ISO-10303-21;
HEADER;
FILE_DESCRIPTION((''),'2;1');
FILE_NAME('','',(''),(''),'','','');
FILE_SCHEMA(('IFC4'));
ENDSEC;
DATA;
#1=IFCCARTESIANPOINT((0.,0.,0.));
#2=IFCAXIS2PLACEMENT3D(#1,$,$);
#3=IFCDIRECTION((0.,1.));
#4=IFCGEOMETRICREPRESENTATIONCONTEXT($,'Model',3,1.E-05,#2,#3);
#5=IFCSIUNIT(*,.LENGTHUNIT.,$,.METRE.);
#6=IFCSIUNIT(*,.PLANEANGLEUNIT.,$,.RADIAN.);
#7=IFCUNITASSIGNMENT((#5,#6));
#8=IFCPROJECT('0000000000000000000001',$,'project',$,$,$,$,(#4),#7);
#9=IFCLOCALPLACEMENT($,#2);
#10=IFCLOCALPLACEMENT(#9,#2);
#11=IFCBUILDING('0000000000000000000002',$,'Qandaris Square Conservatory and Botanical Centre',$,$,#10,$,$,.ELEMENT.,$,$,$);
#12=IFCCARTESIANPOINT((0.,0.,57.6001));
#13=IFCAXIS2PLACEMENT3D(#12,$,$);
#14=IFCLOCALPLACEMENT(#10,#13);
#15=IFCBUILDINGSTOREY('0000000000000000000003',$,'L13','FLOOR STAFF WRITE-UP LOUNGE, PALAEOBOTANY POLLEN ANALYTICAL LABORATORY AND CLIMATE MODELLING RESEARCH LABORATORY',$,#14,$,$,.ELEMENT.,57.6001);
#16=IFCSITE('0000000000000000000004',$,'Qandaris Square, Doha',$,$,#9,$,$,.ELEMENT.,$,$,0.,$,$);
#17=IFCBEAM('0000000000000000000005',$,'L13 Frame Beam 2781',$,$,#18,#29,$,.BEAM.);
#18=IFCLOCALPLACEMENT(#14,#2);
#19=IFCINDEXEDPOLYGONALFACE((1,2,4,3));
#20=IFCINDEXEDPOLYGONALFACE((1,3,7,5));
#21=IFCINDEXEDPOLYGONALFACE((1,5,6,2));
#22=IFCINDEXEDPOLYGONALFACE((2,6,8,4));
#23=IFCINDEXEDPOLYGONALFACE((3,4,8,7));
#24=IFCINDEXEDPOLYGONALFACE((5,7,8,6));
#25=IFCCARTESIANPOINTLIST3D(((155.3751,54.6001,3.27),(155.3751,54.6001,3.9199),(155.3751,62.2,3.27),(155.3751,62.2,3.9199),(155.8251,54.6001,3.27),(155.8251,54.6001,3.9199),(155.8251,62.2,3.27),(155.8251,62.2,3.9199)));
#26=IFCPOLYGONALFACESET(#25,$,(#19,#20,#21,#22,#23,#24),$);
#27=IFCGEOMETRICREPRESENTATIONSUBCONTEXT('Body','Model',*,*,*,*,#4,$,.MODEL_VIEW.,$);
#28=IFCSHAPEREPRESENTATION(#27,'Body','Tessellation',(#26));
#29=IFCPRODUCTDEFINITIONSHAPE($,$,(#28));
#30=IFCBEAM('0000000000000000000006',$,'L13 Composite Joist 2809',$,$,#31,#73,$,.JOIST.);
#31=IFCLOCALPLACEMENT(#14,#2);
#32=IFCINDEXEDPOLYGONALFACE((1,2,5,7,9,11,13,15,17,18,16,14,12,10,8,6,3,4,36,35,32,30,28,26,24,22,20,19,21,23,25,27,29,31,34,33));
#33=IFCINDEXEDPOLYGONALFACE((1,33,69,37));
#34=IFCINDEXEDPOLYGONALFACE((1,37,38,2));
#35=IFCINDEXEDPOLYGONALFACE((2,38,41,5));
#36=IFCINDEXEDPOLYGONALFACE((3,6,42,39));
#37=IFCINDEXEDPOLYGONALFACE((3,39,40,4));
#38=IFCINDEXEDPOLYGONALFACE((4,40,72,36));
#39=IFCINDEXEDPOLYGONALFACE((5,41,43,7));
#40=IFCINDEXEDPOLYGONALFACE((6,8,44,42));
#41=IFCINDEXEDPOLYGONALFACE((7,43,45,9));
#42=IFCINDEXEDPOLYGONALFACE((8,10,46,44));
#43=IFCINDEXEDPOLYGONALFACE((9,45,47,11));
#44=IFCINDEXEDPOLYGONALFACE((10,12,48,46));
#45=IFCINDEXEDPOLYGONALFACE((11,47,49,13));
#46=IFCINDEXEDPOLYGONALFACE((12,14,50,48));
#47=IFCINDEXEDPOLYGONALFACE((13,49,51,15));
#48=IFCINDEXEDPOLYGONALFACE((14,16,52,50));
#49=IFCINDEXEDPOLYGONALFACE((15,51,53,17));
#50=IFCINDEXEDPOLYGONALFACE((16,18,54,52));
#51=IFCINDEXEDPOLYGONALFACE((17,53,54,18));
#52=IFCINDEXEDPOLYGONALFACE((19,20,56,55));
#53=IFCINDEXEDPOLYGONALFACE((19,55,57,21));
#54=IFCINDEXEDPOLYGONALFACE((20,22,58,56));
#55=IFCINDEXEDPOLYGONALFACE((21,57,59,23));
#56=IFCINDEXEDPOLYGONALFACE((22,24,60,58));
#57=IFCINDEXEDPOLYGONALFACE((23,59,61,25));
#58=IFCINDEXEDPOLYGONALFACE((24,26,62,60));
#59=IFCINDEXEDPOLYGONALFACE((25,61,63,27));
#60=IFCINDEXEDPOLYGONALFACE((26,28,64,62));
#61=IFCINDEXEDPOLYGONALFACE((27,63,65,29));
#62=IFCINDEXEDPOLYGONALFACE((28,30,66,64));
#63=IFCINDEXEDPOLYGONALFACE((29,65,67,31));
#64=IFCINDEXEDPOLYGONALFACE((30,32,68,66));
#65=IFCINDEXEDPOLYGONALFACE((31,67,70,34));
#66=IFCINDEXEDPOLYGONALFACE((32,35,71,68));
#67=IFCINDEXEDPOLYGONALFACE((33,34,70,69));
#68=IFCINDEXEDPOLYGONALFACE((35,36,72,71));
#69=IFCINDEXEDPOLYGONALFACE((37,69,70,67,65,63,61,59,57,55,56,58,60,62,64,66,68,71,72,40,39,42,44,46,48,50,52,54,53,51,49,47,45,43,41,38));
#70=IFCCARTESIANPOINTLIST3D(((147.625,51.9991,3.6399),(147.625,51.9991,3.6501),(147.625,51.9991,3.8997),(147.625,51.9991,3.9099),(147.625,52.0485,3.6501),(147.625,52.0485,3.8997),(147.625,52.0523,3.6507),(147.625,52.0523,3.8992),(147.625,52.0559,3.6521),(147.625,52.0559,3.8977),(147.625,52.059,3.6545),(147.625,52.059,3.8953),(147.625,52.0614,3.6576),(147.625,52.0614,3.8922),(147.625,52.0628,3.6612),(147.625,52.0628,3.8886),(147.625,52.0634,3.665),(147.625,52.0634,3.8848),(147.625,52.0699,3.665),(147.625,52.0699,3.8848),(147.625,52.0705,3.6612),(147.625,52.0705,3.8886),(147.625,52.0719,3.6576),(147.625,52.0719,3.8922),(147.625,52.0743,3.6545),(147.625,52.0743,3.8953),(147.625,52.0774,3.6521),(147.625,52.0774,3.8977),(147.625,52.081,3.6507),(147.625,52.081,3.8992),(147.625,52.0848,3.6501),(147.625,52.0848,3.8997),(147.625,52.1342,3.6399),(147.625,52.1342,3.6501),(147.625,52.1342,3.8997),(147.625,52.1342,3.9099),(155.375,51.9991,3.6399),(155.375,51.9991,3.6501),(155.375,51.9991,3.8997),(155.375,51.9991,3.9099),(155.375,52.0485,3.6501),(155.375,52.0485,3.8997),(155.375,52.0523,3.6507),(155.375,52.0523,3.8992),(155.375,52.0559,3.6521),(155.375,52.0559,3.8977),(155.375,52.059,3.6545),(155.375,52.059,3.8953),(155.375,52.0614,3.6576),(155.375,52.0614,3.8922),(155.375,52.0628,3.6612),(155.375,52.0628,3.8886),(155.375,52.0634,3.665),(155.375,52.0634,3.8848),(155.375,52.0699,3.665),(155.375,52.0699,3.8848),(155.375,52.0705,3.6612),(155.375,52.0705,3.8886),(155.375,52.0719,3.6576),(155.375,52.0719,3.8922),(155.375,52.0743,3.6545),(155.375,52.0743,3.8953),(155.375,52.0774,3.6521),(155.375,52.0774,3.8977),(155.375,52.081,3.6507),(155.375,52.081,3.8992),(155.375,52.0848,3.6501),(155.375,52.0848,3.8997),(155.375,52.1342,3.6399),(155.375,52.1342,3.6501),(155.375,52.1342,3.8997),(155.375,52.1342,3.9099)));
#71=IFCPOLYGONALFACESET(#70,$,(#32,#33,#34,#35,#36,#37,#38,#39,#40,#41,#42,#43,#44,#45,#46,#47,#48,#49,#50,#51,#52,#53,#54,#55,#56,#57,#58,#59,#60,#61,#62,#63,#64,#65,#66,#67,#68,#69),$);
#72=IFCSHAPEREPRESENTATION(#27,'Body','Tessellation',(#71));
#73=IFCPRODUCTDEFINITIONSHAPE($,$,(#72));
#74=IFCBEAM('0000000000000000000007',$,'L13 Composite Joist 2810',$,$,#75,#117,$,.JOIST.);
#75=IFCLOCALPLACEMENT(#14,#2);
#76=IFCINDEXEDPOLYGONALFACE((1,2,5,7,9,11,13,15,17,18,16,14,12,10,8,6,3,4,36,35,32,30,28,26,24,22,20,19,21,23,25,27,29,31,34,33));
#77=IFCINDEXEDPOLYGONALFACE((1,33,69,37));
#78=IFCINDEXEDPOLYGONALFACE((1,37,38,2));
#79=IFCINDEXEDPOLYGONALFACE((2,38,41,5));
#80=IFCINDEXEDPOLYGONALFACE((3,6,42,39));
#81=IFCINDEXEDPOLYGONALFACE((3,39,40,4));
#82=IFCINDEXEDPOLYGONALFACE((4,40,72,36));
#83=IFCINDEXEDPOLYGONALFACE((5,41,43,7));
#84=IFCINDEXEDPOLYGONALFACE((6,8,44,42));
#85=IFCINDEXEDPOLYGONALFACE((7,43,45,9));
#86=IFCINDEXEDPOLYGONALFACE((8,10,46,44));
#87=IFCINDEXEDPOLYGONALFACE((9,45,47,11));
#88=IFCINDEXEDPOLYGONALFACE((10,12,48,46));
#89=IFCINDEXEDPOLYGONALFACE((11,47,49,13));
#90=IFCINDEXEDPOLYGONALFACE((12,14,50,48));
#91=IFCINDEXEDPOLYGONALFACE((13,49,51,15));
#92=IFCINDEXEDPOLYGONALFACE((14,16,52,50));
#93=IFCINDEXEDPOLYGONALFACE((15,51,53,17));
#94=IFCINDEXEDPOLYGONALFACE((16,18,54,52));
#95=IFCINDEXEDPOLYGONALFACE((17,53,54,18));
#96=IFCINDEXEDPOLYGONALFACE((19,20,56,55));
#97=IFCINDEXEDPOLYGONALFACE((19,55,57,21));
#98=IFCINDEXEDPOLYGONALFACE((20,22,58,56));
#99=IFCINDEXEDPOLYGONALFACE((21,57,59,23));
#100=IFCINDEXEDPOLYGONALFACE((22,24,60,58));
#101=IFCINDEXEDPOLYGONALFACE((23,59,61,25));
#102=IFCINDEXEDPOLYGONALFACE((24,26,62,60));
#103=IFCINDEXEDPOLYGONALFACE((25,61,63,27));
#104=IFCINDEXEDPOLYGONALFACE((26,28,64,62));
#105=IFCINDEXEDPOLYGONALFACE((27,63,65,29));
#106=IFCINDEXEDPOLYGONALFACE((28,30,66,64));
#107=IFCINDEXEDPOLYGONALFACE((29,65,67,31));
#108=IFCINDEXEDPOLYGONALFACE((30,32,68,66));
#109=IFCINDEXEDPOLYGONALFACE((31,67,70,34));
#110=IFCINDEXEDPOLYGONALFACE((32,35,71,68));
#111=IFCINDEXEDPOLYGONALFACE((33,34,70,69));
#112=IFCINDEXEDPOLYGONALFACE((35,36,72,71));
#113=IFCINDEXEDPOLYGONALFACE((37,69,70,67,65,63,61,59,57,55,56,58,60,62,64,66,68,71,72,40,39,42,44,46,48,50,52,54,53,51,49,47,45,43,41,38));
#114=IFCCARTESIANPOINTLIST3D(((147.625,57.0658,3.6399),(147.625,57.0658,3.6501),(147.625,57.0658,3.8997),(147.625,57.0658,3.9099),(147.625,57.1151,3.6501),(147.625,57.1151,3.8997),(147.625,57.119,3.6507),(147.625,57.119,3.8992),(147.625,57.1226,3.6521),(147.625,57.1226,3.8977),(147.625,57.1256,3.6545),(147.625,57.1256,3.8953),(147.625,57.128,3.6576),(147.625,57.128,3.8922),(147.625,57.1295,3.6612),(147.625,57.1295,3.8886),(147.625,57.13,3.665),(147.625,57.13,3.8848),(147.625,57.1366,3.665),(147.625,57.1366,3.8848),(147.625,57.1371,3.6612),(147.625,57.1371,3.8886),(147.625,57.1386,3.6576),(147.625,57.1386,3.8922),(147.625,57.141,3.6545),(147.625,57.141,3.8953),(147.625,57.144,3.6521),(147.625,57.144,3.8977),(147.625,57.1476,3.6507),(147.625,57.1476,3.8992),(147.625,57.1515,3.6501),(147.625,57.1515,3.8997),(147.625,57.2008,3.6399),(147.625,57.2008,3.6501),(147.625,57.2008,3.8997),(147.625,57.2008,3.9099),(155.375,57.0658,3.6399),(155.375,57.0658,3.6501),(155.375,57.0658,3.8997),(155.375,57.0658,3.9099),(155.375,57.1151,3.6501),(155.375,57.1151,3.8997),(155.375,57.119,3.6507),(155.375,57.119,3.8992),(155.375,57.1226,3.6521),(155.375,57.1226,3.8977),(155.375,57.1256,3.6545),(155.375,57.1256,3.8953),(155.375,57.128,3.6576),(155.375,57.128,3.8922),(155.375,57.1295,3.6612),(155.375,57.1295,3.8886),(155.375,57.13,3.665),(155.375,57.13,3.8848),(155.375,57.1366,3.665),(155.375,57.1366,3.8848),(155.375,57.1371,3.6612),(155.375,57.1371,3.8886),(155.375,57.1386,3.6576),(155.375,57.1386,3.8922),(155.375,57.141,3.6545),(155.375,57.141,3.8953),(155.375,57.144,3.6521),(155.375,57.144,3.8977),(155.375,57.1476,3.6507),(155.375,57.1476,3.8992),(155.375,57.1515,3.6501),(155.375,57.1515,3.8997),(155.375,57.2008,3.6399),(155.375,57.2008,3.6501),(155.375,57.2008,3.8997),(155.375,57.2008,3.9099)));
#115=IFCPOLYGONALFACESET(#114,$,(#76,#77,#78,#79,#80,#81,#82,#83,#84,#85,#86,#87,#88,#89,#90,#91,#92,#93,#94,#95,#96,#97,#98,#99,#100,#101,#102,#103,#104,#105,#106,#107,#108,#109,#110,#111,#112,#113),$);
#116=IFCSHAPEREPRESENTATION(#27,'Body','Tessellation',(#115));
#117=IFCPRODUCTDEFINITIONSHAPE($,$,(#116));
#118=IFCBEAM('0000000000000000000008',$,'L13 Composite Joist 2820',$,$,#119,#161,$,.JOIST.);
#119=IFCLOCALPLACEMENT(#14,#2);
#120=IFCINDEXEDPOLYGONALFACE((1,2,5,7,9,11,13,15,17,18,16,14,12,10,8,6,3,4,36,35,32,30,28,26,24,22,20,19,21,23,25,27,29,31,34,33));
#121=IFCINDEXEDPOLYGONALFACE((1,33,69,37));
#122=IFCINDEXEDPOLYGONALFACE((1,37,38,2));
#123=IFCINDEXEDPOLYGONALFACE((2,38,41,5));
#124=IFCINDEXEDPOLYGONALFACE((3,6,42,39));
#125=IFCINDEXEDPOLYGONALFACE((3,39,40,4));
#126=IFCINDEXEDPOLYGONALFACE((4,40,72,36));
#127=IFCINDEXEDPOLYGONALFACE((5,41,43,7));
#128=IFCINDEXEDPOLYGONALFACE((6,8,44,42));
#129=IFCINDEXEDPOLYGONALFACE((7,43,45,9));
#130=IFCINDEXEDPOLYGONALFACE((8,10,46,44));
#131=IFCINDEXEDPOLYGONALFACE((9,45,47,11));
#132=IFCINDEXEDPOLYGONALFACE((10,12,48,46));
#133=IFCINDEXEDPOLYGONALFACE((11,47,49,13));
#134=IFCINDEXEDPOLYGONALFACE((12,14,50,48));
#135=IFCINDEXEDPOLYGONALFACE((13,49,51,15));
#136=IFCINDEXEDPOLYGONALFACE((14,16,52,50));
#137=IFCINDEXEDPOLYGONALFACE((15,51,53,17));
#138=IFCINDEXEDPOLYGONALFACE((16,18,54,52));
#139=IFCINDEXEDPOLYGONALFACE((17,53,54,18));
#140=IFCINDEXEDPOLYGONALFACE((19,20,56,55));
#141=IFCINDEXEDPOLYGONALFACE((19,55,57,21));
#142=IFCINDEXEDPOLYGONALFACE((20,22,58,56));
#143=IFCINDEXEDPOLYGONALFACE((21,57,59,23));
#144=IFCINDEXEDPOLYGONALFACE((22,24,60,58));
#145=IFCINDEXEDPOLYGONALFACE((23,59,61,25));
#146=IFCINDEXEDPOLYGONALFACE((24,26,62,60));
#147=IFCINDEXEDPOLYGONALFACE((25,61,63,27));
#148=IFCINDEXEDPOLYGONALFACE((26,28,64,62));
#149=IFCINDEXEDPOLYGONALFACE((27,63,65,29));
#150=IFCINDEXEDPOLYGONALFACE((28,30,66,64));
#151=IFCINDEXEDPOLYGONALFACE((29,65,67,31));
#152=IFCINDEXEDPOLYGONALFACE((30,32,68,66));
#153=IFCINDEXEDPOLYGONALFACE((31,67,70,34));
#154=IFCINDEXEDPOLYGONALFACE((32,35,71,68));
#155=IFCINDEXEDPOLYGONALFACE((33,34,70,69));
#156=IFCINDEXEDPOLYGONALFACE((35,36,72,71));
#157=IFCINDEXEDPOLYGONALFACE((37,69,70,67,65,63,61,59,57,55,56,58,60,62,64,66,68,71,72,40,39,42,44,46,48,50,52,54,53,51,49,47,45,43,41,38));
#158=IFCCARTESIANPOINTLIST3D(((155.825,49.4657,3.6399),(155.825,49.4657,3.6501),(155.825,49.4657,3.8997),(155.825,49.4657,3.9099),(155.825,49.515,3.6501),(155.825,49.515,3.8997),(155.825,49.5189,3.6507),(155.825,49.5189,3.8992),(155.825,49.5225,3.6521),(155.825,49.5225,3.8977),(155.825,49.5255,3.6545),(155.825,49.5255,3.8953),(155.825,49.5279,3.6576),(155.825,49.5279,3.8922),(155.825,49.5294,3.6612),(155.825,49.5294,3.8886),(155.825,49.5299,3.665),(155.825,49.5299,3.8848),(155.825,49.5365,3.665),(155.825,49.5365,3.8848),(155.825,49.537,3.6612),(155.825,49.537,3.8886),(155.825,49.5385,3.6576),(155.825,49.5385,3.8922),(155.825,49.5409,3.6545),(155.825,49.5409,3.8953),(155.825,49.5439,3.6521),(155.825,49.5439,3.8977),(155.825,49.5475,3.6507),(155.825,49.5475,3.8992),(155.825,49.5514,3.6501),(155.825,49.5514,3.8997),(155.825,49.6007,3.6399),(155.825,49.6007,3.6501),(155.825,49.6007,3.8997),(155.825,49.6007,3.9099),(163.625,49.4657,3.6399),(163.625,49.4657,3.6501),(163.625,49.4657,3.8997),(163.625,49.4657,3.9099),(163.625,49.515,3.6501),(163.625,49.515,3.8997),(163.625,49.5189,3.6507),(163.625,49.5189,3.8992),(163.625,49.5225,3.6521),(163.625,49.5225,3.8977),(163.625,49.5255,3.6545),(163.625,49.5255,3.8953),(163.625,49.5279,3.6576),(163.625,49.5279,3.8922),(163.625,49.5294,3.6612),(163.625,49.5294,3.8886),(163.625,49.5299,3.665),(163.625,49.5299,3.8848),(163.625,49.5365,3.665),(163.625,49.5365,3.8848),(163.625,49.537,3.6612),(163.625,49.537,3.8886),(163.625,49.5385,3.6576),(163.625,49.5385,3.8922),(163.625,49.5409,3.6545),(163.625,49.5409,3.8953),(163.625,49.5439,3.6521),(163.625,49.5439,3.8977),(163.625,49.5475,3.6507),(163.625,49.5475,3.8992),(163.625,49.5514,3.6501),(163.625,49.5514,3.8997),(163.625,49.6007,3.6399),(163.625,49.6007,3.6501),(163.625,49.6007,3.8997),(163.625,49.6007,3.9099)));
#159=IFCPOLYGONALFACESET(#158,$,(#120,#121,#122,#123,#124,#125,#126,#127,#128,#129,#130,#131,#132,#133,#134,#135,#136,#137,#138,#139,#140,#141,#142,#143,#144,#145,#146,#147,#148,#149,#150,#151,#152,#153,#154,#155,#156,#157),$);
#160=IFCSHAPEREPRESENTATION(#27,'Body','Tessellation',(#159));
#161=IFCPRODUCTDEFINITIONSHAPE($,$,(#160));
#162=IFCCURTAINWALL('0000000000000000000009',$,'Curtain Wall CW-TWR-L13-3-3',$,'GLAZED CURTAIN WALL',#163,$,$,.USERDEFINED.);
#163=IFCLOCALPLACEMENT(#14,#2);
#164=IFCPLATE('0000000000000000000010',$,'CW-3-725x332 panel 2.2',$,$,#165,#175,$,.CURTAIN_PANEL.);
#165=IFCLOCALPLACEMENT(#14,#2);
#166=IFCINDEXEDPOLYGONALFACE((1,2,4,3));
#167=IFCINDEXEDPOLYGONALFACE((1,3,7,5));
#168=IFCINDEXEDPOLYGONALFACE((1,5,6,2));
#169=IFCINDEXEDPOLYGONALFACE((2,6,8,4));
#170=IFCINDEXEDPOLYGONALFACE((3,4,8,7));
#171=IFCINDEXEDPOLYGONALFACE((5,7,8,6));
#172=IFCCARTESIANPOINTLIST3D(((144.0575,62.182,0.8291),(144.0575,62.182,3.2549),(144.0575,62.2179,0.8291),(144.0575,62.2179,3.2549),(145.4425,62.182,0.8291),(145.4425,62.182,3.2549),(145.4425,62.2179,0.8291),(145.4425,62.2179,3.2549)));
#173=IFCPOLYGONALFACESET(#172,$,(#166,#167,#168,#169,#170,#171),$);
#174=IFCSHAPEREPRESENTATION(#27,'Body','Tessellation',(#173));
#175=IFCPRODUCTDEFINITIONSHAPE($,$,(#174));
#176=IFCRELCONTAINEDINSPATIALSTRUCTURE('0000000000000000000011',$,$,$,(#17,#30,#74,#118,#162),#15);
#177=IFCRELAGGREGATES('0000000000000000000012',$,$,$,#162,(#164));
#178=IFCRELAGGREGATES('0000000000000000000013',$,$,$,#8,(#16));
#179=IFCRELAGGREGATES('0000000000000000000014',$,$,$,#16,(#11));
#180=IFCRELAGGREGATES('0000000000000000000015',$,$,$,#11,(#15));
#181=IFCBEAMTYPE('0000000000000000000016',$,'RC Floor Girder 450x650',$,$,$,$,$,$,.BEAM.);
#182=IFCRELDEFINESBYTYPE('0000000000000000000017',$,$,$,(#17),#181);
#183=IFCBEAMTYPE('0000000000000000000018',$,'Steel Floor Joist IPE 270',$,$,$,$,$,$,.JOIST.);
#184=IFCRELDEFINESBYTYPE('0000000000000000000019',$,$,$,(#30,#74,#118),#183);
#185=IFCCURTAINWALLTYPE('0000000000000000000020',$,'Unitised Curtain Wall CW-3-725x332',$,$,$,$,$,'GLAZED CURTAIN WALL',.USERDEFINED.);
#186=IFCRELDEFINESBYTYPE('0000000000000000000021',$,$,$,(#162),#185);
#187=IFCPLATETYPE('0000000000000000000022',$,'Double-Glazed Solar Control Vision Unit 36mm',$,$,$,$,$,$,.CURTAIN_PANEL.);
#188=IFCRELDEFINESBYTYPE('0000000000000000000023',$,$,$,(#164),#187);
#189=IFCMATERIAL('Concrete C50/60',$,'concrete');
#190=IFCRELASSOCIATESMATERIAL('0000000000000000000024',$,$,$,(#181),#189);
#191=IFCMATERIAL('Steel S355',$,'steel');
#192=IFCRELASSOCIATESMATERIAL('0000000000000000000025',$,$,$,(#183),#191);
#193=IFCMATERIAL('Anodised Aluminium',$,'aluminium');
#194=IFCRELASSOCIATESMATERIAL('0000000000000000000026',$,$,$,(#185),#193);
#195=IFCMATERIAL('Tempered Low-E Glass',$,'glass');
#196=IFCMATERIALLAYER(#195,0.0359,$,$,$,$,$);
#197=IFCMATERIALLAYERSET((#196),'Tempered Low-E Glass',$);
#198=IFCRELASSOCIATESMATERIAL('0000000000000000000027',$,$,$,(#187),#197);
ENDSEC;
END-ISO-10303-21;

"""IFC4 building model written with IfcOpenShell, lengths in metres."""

from ifc_helpers import new_model, si_unit, direction, frame, origin, origin_2d, place, context, subcontext, project, spatial, rectangle, i_section, extrude, material, layer, layer_set, material_profile, profile_set, type_object, element, aggregate, save


model = new_model("IFC4")

# Units and contexts
model_context = context("Model", 3, precision=1e-05, world=origin(), true_north=direction((0.0, 1.0)))
body_context = subcontext(model_context, "Body", "Model", "MODEL_VIEW")
ifc_project = project(units=[si_unit("LENGTHUNIT", "METRE"), si_unit("PLANEANGLEUNIT", "RADIAN")], contexts=[model_context])

# Site, building, storey
site_placement = place(None, origin())
site = spatial("IfcSite", under=ifc_project, at=site_placement, Name="Qandaris Square, Doha", CompositionType="ELEMENT", RefElevation=0.0)
building_placement = place(site_placement, origin())
building = spatial("IfcBuilding", under=site, at=building_placement, Name="Qandaris Square Conservatory and Botanical Centre", CompositionType="ELEMENT")
storey_placement = place(building_placement, frame((0.0, 0.0, 57.6001)))
storey = spatial("IfcBuildingStorey", under=building, at=storey_placement, Name="L13", Description="FLOOR STAFF WRITE-UP LOUNGE, PALAEOBOTANY POLLEN ANALYTICAL LABORATORY AND CLIMATE MODELLING RESEARCH LABORATORY", CompositionType="ELEMENT", Elevation=57.6001)

# Shared definitions
ifc_material_1 = material(Name="Concrete C50/60", Category="concrete")

# Beams
ifc_material_2 = material(Name="Steel S355", Category="steel")
ifc_material_profile_1 = material_profile(ifc_material_1, rectangle(XDim=0.45, YDim=0.6499, at=origin_2d()), Name="RC-BM 450x650")
ifc_profile_set_1 = profile_set([ifc_material_profile_1], Name="Concrete C50/60")
beam_type_1 = type_object("IfcBeamType", Name="RC Floor Girder 450x650", PredefinedType="BEAM", material=ifc_profile_set_1)
beam_1_placement = place(storey_placement, frame((155.6001, 54.6001, 3.595), z_axis=(0.0, 1.0, 0.0), x_axis=(-1.0, 0.0, 0.0)))
element("IfcBeam", 1, at=beam_1_placement, inside=storey, type_object=beam_type_1, Name="L13 Frame Beam 2781", PredefinedType="BEAM", context=body_context, shape_type="SweptSolid", body=[
    extrude(rectangle(XDim=0.45, YDim=0.6499, at=origin_2d()), origin(), (0.0, 0.0, 1.0), 7.5999),
])
ifc_material_profile_2 = material_profile(ifc_material_2, i_section(OverallWidth=0.135, OverallDepth=0.27, WebThickness=0.0066, FlangeThickness=0.0103, FilletRadius=0.0149, at=origin_2d()), Name="IPE 270")
ifc_profile_set_2 = profile_set([ifc_material_profile_2], Name="Steel S355")
beam_type_2 = type_object("IfcBeamType", Name="Steel Floor Joist IPE 270", PredefinedType="JOIST", material=ifc_profile_set_2)
for number, where, z_axis, x_axis, name in (
    (2, (147.625, 52.0667, 3.7749), (1.0, 0.0, 0.0), (0.0, 1.0, 0.0), "L13 Composite Joist 2809"),
    (3, (147.625, 57.1333, 3.7749), (1.0, 0.0, 0.0), (0.0, 1.0, 0.0), "L13 Composite Joist 2810"),
):
    element("IfcBeam", number, at=place(storey_placement, frame(where, z_axis=z_axis, x_axis=x_axis)), inside=storey, type_object=beam_type_2, Name=name, PredefinedType="JOIST", context=body_context, shape_type="SweptSolid", body=[
        extrude(i_section(OverallWidth=0.135, OverallDepth=0.27, WebThickness=0.0066, FlangeThickness=0.0103, FilletRadius=0.0149, at=origin_2d()), origin(), (0.0, 0.0, 1.0), 7.75),
    ])
beam_2_placement = place(storey_placement, frame((155.825, 49.5332, 3.7749), z_axis=(1.0, 0.0, 0.0), x_axis=(0.0, 1.0, 0.0)))
element("IfcBeam", 4, at=beam_2_placement, inside=storey, type_object=beam_type_2, Name="L13 Composite Joist 2820", PredefinedType="JOIST", context=body_context, shape_type="SweptSolid", body=[
    extrude(i_section(OverallWidth=0.135, OverallDepth=0.27, WebThickness=0.0066, FlangeThickness=0.0103, FilletRadius=0.0149, at=origin_2d()), origin(), (0.0, 0.0, 1.0), 7.8),
])

# Curtain wall, plate
ifc_material_3 = material(Name="Anodised Aluminium", Category="aluminium")
curtain_wall_type = type_object("IfcCurtainWallType", Name="Unitised Curtain Wall CW-3-725x332", ElementType="GLAZED CURTAIN WALL", PredefinedType="USERDEFINED", material=ifc_material_3)
curtain_wall_placement = place(storey_placement, origin())
curtain_wall = element("IfcCurtainWall", 5, at=curtain_wall_placement, inside=storey, type_object=curtain_wall_type, Name="Curtain Wall CW-TWR-L13-3-3", ObjectType="GLAZED CURTAIN WALL", PredefinedType="USERDEFINED")
ifc_material_4 = material(Name="Tempered Low-E Glass", Category="glass")
ifc_layer_1 = layer(ifc_material_4, 0.0359)
ifc_layer_set_1 = layer_set([ifc_layer_1], Name="Tempered Low-E Glass")
plate_type = type_object("IfcPlateType", Name="Double-Glazed Solar Control Vision Unit 36mm", PredefinedType="CURTAIN_PANEL", material=ifc_layer_set_1)
plate_placement = place(storey_placement, frame((144.75, 62.2, 0.8291), z_axis=(0.0, 0.0, 1.0), x_axis=(-1.0, 0.0, 0.0)))
plate = element("IfcPlate", 6, at=plate_placement, type_object=plate_type, Name="CW-3-725x332 panel 2.2", PredefinedType="CURTAIN_PANEL", context=body_context, shape_type="SweptSolid", body=[
    extrude(rectangle(XDim=1.385, YDim=0.0359, at=origin_2d()), origin(), (0.0, 0.0, 1.0), 2.4258),
])
aggregate(curtain_wall, [plate])

save(model, "model.ifc")
